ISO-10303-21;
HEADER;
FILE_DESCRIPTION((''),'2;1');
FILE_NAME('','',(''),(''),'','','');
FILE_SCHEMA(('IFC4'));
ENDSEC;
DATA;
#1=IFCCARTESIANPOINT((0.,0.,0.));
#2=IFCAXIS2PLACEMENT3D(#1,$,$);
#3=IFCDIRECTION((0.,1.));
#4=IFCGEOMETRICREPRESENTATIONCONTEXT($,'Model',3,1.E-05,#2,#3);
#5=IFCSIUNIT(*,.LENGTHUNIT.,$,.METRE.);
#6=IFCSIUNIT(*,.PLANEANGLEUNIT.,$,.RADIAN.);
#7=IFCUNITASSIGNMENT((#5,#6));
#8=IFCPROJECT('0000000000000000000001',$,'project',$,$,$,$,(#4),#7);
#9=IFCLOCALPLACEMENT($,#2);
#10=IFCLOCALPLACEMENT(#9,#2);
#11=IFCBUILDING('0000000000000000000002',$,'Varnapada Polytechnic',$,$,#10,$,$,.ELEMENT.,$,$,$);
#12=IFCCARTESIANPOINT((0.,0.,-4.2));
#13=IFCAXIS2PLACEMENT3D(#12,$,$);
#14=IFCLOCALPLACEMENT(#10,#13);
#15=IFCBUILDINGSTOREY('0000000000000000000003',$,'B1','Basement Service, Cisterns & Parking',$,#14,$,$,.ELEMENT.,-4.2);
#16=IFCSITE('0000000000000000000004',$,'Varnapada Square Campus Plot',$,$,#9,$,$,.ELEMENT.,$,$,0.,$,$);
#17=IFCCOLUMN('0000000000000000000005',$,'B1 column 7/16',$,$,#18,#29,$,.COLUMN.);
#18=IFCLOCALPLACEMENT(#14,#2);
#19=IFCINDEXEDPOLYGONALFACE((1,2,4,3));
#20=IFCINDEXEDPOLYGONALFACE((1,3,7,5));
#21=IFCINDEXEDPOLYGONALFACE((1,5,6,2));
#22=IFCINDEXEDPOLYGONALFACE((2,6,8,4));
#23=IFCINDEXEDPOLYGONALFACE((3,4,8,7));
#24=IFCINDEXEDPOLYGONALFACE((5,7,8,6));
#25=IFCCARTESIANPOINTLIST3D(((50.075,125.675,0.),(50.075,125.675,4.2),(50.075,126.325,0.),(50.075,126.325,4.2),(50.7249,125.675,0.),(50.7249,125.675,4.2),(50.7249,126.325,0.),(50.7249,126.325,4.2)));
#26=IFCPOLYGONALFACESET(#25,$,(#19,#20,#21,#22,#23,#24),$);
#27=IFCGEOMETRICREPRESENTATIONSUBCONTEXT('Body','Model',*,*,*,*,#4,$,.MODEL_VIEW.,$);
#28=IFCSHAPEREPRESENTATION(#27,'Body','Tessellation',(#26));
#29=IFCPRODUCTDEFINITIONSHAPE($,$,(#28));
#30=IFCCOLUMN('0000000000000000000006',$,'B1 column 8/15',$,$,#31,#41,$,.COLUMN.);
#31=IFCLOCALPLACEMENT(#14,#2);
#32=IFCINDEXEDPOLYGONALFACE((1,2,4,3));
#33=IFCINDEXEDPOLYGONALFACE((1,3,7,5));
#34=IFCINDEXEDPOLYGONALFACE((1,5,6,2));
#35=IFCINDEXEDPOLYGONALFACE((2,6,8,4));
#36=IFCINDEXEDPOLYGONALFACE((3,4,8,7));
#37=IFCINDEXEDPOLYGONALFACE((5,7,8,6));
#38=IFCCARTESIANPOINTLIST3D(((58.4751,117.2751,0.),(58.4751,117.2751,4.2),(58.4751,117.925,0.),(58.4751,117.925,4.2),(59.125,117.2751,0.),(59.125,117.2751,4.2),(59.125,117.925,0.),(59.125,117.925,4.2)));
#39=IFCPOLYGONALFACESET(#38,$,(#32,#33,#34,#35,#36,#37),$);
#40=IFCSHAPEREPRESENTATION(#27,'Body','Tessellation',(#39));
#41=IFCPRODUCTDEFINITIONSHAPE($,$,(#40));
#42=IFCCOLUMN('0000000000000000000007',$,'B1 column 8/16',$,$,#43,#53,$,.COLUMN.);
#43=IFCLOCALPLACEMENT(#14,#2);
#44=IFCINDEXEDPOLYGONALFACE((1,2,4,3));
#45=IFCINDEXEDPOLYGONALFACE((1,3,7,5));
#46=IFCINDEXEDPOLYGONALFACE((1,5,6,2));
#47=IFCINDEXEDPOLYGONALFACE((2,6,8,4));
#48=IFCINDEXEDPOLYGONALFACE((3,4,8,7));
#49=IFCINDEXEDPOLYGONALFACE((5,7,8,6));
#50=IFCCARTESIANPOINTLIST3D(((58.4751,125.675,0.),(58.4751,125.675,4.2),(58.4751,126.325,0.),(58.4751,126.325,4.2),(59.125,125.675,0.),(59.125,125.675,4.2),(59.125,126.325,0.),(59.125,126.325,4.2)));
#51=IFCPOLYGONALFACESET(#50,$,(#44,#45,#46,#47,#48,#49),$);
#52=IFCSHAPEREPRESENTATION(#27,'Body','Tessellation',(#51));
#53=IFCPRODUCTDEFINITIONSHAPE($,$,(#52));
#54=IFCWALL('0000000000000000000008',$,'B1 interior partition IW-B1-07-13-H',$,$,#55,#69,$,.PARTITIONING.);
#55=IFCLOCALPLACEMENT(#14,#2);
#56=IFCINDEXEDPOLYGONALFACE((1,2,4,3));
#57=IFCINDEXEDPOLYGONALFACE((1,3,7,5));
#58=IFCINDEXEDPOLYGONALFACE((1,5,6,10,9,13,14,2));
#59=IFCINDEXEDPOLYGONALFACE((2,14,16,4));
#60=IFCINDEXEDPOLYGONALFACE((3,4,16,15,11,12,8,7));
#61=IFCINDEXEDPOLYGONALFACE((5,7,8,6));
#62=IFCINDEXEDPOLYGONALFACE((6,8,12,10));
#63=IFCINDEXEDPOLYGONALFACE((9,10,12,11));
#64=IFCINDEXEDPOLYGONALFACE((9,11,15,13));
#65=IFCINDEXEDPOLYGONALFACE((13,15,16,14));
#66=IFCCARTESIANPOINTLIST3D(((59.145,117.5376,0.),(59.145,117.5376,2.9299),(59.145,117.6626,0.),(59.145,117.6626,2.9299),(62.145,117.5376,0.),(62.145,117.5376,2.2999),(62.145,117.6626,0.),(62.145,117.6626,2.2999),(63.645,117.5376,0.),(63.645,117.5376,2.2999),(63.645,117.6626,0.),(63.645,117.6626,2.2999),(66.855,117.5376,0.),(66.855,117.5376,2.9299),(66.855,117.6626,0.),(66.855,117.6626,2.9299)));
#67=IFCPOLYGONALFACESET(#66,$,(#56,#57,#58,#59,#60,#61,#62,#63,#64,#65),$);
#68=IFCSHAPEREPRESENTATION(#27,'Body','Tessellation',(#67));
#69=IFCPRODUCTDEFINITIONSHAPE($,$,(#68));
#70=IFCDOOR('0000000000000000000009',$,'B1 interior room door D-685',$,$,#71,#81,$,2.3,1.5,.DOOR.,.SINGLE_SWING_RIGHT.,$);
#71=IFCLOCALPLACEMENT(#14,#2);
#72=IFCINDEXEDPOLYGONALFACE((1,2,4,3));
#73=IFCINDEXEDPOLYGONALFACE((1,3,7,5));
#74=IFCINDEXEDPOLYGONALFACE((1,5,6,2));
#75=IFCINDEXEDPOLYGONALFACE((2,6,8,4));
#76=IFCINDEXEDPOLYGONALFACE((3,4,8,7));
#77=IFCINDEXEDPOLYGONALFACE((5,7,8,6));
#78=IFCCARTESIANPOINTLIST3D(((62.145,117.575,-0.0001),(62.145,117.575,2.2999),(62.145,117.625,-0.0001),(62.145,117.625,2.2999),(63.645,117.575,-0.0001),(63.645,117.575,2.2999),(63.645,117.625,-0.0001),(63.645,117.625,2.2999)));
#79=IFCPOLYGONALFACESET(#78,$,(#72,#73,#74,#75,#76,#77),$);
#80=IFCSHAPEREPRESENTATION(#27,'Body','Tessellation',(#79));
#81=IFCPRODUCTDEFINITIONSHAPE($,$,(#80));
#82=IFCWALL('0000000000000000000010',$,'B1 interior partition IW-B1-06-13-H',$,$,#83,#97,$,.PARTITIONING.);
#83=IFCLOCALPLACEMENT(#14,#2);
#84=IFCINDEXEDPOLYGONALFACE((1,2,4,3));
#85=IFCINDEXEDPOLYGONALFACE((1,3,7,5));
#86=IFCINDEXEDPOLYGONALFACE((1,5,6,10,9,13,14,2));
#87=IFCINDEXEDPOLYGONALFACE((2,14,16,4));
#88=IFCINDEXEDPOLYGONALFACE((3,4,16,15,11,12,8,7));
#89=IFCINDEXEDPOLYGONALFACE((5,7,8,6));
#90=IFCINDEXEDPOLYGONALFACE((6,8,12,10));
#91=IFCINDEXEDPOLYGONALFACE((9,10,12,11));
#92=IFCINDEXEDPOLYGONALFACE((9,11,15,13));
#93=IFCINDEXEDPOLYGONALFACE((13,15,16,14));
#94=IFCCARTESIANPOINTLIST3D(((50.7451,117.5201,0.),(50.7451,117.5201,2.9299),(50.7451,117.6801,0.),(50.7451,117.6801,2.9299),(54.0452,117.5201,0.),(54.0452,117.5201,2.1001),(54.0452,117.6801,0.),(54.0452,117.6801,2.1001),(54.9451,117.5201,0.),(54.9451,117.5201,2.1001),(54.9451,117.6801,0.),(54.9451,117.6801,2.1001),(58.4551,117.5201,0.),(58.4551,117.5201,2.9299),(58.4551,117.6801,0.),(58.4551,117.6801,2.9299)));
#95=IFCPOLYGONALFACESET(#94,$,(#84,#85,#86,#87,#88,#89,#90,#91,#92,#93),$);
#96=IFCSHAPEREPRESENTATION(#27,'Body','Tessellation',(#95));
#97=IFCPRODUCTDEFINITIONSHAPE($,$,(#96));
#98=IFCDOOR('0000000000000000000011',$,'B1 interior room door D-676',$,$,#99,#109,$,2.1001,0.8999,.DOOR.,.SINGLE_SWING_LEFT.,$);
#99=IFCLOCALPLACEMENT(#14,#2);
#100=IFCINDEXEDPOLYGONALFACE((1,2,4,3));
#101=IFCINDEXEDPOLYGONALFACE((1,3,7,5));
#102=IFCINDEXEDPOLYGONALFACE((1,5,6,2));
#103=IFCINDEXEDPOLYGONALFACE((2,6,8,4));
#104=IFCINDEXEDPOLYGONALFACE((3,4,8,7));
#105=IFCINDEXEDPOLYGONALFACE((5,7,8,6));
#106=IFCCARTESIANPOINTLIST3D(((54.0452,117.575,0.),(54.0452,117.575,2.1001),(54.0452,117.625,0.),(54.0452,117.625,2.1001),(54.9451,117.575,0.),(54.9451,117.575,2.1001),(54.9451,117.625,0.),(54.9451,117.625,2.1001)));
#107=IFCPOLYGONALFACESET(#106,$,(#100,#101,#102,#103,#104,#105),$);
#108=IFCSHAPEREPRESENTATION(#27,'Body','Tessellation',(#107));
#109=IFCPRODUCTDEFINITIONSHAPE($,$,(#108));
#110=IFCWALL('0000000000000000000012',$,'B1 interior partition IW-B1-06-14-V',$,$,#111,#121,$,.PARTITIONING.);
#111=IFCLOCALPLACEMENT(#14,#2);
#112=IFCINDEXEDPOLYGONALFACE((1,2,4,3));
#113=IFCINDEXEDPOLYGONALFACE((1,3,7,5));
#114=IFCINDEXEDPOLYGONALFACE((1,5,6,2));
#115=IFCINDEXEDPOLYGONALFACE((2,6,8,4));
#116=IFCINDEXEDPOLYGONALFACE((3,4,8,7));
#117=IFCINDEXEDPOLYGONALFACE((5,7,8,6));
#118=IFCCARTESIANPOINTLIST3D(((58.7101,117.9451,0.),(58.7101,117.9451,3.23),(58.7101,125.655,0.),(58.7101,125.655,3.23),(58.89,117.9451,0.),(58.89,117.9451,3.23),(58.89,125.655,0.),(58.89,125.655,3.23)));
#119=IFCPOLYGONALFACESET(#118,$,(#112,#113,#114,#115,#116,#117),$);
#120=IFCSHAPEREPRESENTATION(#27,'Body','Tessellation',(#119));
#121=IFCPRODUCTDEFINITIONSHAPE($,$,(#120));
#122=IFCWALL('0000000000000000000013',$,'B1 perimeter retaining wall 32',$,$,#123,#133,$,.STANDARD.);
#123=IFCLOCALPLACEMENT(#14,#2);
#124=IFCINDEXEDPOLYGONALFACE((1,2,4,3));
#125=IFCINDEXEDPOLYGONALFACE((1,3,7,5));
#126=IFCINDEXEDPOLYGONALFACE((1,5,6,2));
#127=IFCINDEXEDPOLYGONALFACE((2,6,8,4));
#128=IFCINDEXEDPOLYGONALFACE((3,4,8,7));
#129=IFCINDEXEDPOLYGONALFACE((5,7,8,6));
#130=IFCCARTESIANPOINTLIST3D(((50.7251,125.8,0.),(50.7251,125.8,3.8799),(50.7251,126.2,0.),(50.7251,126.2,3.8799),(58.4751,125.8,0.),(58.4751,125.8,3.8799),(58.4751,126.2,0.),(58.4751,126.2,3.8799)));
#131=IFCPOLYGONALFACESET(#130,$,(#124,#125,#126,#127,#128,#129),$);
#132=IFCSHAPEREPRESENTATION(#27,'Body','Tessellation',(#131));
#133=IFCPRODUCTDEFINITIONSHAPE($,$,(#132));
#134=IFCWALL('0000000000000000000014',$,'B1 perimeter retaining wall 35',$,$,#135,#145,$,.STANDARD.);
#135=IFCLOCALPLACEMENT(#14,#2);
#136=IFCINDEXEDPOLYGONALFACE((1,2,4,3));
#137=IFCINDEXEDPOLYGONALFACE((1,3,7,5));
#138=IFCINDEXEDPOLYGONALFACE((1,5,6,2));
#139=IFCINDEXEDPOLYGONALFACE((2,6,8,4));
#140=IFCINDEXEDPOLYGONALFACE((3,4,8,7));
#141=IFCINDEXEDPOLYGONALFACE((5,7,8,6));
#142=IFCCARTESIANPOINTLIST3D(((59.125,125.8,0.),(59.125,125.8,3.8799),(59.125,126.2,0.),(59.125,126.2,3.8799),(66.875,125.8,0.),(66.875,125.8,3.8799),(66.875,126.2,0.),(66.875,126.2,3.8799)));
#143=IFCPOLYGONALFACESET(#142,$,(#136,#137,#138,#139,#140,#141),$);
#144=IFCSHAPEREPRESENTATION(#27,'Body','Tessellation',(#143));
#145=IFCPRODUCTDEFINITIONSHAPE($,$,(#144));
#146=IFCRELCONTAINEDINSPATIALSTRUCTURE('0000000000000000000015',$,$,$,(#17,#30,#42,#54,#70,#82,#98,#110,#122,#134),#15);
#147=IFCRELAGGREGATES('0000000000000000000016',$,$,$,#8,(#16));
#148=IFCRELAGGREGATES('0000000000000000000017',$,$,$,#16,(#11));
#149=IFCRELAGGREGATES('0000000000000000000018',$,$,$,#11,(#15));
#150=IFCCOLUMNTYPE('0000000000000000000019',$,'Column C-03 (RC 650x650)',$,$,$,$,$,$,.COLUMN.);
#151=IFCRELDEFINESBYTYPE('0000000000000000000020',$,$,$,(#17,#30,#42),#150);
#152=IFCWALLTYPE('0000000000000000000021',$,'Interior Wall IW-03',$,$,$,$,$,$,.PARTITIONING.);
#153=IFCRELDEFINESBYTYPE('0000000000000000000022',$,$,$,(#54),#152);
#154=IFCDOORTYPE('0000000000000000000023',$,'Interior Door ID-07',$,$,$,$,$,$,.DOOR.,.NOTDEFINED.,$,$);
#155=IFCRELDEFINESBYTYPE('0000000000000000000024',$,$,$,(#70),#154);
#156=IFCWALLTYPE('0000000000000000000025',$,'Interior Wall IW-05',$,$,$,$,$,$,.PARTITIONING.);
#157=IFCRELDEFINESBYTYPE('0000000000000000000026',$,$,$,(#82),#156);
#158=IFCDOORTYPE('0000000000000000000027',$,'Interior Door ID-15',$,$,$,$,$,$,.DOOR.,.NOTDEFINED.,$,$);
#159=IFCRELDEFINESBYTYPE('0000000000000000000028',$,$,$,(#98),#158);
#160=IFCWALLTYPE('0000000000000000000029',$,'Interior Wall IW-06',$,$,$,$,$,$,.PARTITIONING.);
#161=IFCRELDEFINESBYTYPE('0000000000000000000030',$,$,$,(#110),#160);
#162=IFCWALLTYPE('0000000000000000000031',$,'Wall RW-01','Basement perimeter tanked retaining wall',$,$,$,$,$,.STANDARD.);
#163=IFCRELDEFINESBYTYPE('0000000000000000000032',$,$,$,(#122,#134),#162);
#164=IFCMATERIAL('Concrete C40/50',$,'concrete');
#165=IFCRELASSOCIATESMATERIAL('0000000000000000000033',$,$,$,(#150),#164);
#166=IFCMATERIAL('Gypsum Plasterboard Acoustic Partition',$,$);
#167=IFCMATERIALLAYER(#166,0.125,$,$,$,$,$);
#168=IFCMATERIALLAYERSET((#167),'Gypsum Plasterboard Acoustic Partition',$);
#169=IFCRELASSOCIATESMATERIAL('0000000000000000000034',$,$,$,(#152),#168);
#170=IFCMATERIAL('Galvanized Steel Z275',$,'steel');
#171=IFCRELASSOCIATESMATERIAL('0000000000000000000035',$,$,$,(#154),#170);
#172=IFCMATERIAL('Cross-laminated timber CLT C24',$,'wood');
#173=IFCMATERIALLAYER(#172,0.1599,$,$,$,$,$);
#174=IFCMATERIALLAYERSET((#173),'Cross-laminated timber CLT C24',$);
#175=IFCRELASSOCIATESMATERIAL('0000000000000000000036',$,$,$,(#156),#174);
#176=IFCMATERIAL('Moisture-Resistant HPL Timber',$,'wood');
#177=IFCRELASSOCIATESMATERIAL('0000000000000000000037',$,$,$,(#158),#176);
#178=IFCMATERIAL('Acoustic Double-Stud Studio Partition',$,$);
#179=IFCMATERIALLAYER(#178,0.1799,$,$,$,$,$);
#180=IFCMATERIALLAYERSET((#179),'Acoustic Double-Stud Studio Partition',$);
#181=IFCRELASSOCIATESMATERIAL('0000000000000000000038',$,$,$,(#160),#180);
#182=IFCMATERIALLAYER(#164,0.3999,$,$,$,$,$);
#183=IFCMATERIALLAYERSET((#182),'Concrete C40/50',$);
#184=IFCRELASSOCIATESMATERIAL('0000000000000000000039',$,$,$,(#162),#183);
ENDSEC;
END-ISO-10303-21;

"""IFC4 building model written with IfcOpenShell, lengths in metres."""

from ifc_helpers import new_model, si_unit, direction, frame, frame_2d, origin, origin_2d, place, context, subcontext, project, spatial, rectangle, extrude, material, layer, layer_set, material_profile, profile_set, type_object, element, fill, save


model = new_model("IFC4")

# Units and contexts
model_context = context("Model", 3, precision=1e-05, world=origin(), true_north=direction((0.0, 1.0)))
body_context = subcontext(model_context, "Body", "Model", "MODEL_VIEW")
ifc_project = project(units=[si_unit("LENGTHUNIT", "METRE"), si_unit("PLANEANGLEUNIT", "RADIAN")], contexts=[model_context])

# Site, building, storey
site_placement = place(None, origin())
site = spatial("IfcSite", under=ifc_project, at=site_placement, Name="Varnapada Square Campus Plot", CompositionType="ELEMENT", RefElevation=0.0)
building_placement = place(site_placement, origin())
building = spatial("IfcBuilding", under=site, at=building_placement, Name="Varnapada Polytechnic", CompositionType="ELEMENT")
storey_placement = place(building_placement, frame((0.0, 0.0, -4.2)))
storey = spatial("IfcBuildingStorey", under=building, at=storey_placement, Name="B1", Description="Basement Service, Cisterns & Parking", CompositionType="ELEMENT", Elevation=-4.2)

# Shared definitions
ifc_material_1 = material(Name="Concrete C40/50", Category="concrete")

# Columns
ifc_material_profile_1 = material_profile(ifc_material_1, rectangle(XDim=0.6499, YDim=0.6499, at=origin_2d()), Name="RC 650x650")
ifc_profile_set_1 = profile_set([ifc_material_profile_1], Name="Concrete C40/50")
column_type = type_object("IfcColumnType", Name="Column C-03 (RC 650x650)", PredefinedType="COLUMN", material=ifc_profile_set_1)
for number, where, z_axis, x_axis, name in (
    (1, (50.3999, 126.0, 0.0), (0.0, 0.0, 1.0), (1.0, 0.0, 0.0), "B1 column 7/16"),
    (2, (58.8, 117.6001, 0.0), (0.0, 0.0, 1.0), (1.0, 0.0, 0.0), "B1 column 8/15"),
    (3, (58.8, 126.0, 0.0), (0.0, 0.0, 1.0), (1.0, 0.0, 0.0), "B1 column 8/16"),
):
    element("IfcColumn", number, at=place(storey_placement, frame(where, z_axis=z_axis, x_axis=x_axis)), inside=storey, type_object=column_type, Name=name, PredefinedType="COLUMN", context=body_context, shape_type="SweptSolid", body=[
        extrude(rectangle(XDim=0.6499, YDim=0.6499, at=origin_2d()), origin(), (0.0, 0.0, 1.0), 4.2),
    ])

# Walls, openings, doors
ifc_material_2 = material(Name="Gypsum Plasterboard Acoustic Partition")
ifc_layer_1 = layer(ifc_material_2, 0.125)
ifc_layer_set_1 = layer_set([ifc_layer_1], Name="Gypsum Plasterboard Acoustic Partition")
wall_type_1 = type_object("IfcWallType", Name="Interior Wall IW-03", PredefinedType="PARTITIONING", material=ifc_layer_set_1)
wall_1_placement = place(storey_placement, frame((59.145, 117.6001, 0.0), z_axis=(0.0, 0.0, 1.0), x_axis=(1.0, 0.0, 0.0)))
wall_1 = element("IfcWall", 4, at=wall_1_placement, inside=storey, type_object=wall_type_1, Name="B1 interior partition IW-B1-07-13-H", PredefinedType="PARTITIONING", context=body_context, shape_type="SweptSolid", body=[
    extrude(rectangle(XDim=7.71, YDim=0.125, at=frame_2d((3.855, 0.0))), origin(), (0.0, 0.0, 1.0), 2.9299),
])
opening_1_placement = place(wall_1_placement, frame((3.0, 0.0, 0.0)))
opening_1 = element("IfcOpeningElement", 5, at=opening_1_placement, cuts=wall_1, PredefinedType="OPENING", context=body_context, shape_type="SweptSolid", body=[
    extrude(rectangle(XDim=1.5, YDim=2.3, at=frame_2d((0.75, 1.1499))), frame((0.0, 0.0725, 0.0), z_axis=(0.0, -1.0, 0.0), x_axis=(1.0, 0.0, 0.0)), (0.0, 0.0, 1.0), 0.145),
])
ifc_material_3 = material(Name="Galvanized Steel Z275", Category="steel")
door_type_1 = type_object("IfcDoorType", Name="Interior Door ID-07", OperationType="NOTDEFINED", PredefinedType="DOOR", material=ifc_material_3)
door_1_placement = place(opening_1_placement, origin())
door_1 = element("IfcDoor", 6, at=door_1_placement, inside=storey, type_object=door_type_1, Name="B1 interior room door D-685", OperationType="SINGLE_SWING_RIGHT", OverallHeight=2.3, OverallWidth=1.5, PredefinedType="DOOR", context=body_context, shape_type="SweptSolid", body=[
    extrude(rectangle(XDim=1.5, YDim=2.3, at=frame_2d((0.75, 1.1499))), frame((0.0, 0.0249, 0.0), z_axis=(0.0, -1.0, 0.0), x_axis=(1.0, 0.0, 0.0)), (0.0, 0.0, 1.0), 0.05),
])
fill(opening_1, door_1)
ifc_material_4 = material(Name="Cross-laminated timber CLT C24", Category="wood")
ifc_layer_2 = layer(ifc_material_4, 0.1599)
ifc_layer_set_2 = layer_set([ifc_layer_2], Name="Cross-laminated timber CLT C24")
wall_type_2 = type_object("IfcWallType", Name="Interior Wall IW-05", PredefinedType="PARTITIONING", material=ifc_layer_set_2)
wall_2_placement = place(storey_placement, frame((50.7451, 117.6001, 0.0), z_axis=(0.0, 0.0, 1.0), x_axis=(1.0, 0.0, 0.0)))
wall_2 = element("IfcWall", 7, at=wall_2_placement, inside=storey, type_object=wall_type_2, Name="B1 interior partition IW-B1-06-13-H", PredefinedType="PARTITIONING", context=body_context, shape_type="SweptSolid", body=[
    extrude(rectangle(XDim=7.71, YDim=0.1599, at=frame_2d((3.855, 0.0))), origin(), (0.0, 0.0, 1.0), 2.9299),
])
opening_2_placement = place(wall_2_placement, frame((3.3, 0.0, 0.0)))
opening_2 = element("IfcOpeningElement", 8, at=opening_2_placement, cuts=wall_2, PredefinedType="OPENING", context=body_context, shape_type="SweptSolid", body=[
    extrude(rectangle(XDim=0.8999, YDim=2.1001, at=frame_2d((0.45, 1.05))), frame((0.0, 0.0898, 0.0), z_axis=(0.0, -1.0, 0.0), x_axis=(1.0, 0.0, 0.0)), (0.0, 0.0, 1.0), 0.1799),
])
ifc_material_5 = material(Name="Moisture-Resistant HPL Timber", Category="wood")
door_type_2 = type_object("IfcDoorType", Name="Interior Door ID-15", OperationType="NOTDEFINED", PredefinedType="DOOR", material=ifc_material_5)
door_2_placement = place(opening_2_placement, origin())
door_2 = element("IfcDoor", 9, at=door_2_placement, inside=storey, type_object=door_type_2, Name="B1 interior room door D-676", OperationType="SINGLE_SWING_LEFT", OverallHeight=2.1001, OverallWidth=0.8999, PredefinedType="DOOR", context=body_context, shape_type="SweptSolid", body=[
    extrude(rectangle(XDim=0.8999, YDim=2.1001, at=frame_2d((0.45, 1.05))), frame((0.0, 0.0249, 0.0), z_axis=(0.0, -1.0, 0.0), x_axis=(1.0, 0.0, 0.0)), (0.0, 0.0, 1.0), 0.05),
])
fill(opening_2, door_2)

# Walls
ifc_material_6 = material(Name="Acoustic Double-Stud Studio Partition")
ifc_layer_3 = layer(ifc_material_6, 0.1799)
ifc_layer_set_3 = layer_set([ifc_layer_3], Name="Acoustic Double-Stud Studio Partition")
wall_type_3 = type_object("IfcWallType", Name="Interior Wall IW-06", PredefinedType="PARTITIONING", material=ifc_layer_set_3)
wall_3_placement = place(storey_placement, frame((58.8, 117.9451, 0.0), z_axis=(0.0, 0.0, 1.0), x_axis=(0.0, 1.0, 0.0)))
element("IfcWall", 10, at=wall_3_placement, inside=storey, type_object=wall_type_3, Name="B1 interior partition IW-B1-06-14-V", PredefinedType="PARTITIONING", context=body_context, shape_type="SweptSolid", body=[
    extrude(rectangle(XDim=7.71, YDim=0.1799, at=frame_2d((3.855, 0.0))), origin(), (0.0, 0.0, 1.0), 3.23),
])
ifc_layer_4 = layer(ifc_material_1, 0.3999)
ifc_layer_set_4 = layer_set([ifc_layer_4], Name="Concrete C40/50")
wall_type_4 = type_object("IfcWallType", Name="Wall RW-01", Description="Basement perimeter tanked retaining wall", PredefinedType="STANDARD", material=ifc_layer_set_4)
for number, where, z_axis, x_axis, name in (
    (11, (50.7251, 126.0, 0.0), (0.0, 0.0, 1.0), (1.0, 0.0, 0.0), "B1 perimeter retaining wall 32"),
    (12, (59.125, 126.0, 0.0), (0.0, 0.0, 1.0), (1.0, 0.0, 0.0), "B1 perimeter retaining wall 35"),
):
    element("IfcWall", number, at=place(storey_placement, frame(where, z_axis=z_axis, x_axis=x_axis)), inside=storey, type_object=wall_type_4, Name=name, PredefinedType="STANDARD", context=body_context, shape_type="SweptSolid", body=[
        extrude(rectangle(XDim=7.75, YDim=0.3999, at=frame_2d((3.875, 0.0))), origin(), (0.0, 0.0, 1.0), 3.8799),
    ])

save(model, "model.ifc")
